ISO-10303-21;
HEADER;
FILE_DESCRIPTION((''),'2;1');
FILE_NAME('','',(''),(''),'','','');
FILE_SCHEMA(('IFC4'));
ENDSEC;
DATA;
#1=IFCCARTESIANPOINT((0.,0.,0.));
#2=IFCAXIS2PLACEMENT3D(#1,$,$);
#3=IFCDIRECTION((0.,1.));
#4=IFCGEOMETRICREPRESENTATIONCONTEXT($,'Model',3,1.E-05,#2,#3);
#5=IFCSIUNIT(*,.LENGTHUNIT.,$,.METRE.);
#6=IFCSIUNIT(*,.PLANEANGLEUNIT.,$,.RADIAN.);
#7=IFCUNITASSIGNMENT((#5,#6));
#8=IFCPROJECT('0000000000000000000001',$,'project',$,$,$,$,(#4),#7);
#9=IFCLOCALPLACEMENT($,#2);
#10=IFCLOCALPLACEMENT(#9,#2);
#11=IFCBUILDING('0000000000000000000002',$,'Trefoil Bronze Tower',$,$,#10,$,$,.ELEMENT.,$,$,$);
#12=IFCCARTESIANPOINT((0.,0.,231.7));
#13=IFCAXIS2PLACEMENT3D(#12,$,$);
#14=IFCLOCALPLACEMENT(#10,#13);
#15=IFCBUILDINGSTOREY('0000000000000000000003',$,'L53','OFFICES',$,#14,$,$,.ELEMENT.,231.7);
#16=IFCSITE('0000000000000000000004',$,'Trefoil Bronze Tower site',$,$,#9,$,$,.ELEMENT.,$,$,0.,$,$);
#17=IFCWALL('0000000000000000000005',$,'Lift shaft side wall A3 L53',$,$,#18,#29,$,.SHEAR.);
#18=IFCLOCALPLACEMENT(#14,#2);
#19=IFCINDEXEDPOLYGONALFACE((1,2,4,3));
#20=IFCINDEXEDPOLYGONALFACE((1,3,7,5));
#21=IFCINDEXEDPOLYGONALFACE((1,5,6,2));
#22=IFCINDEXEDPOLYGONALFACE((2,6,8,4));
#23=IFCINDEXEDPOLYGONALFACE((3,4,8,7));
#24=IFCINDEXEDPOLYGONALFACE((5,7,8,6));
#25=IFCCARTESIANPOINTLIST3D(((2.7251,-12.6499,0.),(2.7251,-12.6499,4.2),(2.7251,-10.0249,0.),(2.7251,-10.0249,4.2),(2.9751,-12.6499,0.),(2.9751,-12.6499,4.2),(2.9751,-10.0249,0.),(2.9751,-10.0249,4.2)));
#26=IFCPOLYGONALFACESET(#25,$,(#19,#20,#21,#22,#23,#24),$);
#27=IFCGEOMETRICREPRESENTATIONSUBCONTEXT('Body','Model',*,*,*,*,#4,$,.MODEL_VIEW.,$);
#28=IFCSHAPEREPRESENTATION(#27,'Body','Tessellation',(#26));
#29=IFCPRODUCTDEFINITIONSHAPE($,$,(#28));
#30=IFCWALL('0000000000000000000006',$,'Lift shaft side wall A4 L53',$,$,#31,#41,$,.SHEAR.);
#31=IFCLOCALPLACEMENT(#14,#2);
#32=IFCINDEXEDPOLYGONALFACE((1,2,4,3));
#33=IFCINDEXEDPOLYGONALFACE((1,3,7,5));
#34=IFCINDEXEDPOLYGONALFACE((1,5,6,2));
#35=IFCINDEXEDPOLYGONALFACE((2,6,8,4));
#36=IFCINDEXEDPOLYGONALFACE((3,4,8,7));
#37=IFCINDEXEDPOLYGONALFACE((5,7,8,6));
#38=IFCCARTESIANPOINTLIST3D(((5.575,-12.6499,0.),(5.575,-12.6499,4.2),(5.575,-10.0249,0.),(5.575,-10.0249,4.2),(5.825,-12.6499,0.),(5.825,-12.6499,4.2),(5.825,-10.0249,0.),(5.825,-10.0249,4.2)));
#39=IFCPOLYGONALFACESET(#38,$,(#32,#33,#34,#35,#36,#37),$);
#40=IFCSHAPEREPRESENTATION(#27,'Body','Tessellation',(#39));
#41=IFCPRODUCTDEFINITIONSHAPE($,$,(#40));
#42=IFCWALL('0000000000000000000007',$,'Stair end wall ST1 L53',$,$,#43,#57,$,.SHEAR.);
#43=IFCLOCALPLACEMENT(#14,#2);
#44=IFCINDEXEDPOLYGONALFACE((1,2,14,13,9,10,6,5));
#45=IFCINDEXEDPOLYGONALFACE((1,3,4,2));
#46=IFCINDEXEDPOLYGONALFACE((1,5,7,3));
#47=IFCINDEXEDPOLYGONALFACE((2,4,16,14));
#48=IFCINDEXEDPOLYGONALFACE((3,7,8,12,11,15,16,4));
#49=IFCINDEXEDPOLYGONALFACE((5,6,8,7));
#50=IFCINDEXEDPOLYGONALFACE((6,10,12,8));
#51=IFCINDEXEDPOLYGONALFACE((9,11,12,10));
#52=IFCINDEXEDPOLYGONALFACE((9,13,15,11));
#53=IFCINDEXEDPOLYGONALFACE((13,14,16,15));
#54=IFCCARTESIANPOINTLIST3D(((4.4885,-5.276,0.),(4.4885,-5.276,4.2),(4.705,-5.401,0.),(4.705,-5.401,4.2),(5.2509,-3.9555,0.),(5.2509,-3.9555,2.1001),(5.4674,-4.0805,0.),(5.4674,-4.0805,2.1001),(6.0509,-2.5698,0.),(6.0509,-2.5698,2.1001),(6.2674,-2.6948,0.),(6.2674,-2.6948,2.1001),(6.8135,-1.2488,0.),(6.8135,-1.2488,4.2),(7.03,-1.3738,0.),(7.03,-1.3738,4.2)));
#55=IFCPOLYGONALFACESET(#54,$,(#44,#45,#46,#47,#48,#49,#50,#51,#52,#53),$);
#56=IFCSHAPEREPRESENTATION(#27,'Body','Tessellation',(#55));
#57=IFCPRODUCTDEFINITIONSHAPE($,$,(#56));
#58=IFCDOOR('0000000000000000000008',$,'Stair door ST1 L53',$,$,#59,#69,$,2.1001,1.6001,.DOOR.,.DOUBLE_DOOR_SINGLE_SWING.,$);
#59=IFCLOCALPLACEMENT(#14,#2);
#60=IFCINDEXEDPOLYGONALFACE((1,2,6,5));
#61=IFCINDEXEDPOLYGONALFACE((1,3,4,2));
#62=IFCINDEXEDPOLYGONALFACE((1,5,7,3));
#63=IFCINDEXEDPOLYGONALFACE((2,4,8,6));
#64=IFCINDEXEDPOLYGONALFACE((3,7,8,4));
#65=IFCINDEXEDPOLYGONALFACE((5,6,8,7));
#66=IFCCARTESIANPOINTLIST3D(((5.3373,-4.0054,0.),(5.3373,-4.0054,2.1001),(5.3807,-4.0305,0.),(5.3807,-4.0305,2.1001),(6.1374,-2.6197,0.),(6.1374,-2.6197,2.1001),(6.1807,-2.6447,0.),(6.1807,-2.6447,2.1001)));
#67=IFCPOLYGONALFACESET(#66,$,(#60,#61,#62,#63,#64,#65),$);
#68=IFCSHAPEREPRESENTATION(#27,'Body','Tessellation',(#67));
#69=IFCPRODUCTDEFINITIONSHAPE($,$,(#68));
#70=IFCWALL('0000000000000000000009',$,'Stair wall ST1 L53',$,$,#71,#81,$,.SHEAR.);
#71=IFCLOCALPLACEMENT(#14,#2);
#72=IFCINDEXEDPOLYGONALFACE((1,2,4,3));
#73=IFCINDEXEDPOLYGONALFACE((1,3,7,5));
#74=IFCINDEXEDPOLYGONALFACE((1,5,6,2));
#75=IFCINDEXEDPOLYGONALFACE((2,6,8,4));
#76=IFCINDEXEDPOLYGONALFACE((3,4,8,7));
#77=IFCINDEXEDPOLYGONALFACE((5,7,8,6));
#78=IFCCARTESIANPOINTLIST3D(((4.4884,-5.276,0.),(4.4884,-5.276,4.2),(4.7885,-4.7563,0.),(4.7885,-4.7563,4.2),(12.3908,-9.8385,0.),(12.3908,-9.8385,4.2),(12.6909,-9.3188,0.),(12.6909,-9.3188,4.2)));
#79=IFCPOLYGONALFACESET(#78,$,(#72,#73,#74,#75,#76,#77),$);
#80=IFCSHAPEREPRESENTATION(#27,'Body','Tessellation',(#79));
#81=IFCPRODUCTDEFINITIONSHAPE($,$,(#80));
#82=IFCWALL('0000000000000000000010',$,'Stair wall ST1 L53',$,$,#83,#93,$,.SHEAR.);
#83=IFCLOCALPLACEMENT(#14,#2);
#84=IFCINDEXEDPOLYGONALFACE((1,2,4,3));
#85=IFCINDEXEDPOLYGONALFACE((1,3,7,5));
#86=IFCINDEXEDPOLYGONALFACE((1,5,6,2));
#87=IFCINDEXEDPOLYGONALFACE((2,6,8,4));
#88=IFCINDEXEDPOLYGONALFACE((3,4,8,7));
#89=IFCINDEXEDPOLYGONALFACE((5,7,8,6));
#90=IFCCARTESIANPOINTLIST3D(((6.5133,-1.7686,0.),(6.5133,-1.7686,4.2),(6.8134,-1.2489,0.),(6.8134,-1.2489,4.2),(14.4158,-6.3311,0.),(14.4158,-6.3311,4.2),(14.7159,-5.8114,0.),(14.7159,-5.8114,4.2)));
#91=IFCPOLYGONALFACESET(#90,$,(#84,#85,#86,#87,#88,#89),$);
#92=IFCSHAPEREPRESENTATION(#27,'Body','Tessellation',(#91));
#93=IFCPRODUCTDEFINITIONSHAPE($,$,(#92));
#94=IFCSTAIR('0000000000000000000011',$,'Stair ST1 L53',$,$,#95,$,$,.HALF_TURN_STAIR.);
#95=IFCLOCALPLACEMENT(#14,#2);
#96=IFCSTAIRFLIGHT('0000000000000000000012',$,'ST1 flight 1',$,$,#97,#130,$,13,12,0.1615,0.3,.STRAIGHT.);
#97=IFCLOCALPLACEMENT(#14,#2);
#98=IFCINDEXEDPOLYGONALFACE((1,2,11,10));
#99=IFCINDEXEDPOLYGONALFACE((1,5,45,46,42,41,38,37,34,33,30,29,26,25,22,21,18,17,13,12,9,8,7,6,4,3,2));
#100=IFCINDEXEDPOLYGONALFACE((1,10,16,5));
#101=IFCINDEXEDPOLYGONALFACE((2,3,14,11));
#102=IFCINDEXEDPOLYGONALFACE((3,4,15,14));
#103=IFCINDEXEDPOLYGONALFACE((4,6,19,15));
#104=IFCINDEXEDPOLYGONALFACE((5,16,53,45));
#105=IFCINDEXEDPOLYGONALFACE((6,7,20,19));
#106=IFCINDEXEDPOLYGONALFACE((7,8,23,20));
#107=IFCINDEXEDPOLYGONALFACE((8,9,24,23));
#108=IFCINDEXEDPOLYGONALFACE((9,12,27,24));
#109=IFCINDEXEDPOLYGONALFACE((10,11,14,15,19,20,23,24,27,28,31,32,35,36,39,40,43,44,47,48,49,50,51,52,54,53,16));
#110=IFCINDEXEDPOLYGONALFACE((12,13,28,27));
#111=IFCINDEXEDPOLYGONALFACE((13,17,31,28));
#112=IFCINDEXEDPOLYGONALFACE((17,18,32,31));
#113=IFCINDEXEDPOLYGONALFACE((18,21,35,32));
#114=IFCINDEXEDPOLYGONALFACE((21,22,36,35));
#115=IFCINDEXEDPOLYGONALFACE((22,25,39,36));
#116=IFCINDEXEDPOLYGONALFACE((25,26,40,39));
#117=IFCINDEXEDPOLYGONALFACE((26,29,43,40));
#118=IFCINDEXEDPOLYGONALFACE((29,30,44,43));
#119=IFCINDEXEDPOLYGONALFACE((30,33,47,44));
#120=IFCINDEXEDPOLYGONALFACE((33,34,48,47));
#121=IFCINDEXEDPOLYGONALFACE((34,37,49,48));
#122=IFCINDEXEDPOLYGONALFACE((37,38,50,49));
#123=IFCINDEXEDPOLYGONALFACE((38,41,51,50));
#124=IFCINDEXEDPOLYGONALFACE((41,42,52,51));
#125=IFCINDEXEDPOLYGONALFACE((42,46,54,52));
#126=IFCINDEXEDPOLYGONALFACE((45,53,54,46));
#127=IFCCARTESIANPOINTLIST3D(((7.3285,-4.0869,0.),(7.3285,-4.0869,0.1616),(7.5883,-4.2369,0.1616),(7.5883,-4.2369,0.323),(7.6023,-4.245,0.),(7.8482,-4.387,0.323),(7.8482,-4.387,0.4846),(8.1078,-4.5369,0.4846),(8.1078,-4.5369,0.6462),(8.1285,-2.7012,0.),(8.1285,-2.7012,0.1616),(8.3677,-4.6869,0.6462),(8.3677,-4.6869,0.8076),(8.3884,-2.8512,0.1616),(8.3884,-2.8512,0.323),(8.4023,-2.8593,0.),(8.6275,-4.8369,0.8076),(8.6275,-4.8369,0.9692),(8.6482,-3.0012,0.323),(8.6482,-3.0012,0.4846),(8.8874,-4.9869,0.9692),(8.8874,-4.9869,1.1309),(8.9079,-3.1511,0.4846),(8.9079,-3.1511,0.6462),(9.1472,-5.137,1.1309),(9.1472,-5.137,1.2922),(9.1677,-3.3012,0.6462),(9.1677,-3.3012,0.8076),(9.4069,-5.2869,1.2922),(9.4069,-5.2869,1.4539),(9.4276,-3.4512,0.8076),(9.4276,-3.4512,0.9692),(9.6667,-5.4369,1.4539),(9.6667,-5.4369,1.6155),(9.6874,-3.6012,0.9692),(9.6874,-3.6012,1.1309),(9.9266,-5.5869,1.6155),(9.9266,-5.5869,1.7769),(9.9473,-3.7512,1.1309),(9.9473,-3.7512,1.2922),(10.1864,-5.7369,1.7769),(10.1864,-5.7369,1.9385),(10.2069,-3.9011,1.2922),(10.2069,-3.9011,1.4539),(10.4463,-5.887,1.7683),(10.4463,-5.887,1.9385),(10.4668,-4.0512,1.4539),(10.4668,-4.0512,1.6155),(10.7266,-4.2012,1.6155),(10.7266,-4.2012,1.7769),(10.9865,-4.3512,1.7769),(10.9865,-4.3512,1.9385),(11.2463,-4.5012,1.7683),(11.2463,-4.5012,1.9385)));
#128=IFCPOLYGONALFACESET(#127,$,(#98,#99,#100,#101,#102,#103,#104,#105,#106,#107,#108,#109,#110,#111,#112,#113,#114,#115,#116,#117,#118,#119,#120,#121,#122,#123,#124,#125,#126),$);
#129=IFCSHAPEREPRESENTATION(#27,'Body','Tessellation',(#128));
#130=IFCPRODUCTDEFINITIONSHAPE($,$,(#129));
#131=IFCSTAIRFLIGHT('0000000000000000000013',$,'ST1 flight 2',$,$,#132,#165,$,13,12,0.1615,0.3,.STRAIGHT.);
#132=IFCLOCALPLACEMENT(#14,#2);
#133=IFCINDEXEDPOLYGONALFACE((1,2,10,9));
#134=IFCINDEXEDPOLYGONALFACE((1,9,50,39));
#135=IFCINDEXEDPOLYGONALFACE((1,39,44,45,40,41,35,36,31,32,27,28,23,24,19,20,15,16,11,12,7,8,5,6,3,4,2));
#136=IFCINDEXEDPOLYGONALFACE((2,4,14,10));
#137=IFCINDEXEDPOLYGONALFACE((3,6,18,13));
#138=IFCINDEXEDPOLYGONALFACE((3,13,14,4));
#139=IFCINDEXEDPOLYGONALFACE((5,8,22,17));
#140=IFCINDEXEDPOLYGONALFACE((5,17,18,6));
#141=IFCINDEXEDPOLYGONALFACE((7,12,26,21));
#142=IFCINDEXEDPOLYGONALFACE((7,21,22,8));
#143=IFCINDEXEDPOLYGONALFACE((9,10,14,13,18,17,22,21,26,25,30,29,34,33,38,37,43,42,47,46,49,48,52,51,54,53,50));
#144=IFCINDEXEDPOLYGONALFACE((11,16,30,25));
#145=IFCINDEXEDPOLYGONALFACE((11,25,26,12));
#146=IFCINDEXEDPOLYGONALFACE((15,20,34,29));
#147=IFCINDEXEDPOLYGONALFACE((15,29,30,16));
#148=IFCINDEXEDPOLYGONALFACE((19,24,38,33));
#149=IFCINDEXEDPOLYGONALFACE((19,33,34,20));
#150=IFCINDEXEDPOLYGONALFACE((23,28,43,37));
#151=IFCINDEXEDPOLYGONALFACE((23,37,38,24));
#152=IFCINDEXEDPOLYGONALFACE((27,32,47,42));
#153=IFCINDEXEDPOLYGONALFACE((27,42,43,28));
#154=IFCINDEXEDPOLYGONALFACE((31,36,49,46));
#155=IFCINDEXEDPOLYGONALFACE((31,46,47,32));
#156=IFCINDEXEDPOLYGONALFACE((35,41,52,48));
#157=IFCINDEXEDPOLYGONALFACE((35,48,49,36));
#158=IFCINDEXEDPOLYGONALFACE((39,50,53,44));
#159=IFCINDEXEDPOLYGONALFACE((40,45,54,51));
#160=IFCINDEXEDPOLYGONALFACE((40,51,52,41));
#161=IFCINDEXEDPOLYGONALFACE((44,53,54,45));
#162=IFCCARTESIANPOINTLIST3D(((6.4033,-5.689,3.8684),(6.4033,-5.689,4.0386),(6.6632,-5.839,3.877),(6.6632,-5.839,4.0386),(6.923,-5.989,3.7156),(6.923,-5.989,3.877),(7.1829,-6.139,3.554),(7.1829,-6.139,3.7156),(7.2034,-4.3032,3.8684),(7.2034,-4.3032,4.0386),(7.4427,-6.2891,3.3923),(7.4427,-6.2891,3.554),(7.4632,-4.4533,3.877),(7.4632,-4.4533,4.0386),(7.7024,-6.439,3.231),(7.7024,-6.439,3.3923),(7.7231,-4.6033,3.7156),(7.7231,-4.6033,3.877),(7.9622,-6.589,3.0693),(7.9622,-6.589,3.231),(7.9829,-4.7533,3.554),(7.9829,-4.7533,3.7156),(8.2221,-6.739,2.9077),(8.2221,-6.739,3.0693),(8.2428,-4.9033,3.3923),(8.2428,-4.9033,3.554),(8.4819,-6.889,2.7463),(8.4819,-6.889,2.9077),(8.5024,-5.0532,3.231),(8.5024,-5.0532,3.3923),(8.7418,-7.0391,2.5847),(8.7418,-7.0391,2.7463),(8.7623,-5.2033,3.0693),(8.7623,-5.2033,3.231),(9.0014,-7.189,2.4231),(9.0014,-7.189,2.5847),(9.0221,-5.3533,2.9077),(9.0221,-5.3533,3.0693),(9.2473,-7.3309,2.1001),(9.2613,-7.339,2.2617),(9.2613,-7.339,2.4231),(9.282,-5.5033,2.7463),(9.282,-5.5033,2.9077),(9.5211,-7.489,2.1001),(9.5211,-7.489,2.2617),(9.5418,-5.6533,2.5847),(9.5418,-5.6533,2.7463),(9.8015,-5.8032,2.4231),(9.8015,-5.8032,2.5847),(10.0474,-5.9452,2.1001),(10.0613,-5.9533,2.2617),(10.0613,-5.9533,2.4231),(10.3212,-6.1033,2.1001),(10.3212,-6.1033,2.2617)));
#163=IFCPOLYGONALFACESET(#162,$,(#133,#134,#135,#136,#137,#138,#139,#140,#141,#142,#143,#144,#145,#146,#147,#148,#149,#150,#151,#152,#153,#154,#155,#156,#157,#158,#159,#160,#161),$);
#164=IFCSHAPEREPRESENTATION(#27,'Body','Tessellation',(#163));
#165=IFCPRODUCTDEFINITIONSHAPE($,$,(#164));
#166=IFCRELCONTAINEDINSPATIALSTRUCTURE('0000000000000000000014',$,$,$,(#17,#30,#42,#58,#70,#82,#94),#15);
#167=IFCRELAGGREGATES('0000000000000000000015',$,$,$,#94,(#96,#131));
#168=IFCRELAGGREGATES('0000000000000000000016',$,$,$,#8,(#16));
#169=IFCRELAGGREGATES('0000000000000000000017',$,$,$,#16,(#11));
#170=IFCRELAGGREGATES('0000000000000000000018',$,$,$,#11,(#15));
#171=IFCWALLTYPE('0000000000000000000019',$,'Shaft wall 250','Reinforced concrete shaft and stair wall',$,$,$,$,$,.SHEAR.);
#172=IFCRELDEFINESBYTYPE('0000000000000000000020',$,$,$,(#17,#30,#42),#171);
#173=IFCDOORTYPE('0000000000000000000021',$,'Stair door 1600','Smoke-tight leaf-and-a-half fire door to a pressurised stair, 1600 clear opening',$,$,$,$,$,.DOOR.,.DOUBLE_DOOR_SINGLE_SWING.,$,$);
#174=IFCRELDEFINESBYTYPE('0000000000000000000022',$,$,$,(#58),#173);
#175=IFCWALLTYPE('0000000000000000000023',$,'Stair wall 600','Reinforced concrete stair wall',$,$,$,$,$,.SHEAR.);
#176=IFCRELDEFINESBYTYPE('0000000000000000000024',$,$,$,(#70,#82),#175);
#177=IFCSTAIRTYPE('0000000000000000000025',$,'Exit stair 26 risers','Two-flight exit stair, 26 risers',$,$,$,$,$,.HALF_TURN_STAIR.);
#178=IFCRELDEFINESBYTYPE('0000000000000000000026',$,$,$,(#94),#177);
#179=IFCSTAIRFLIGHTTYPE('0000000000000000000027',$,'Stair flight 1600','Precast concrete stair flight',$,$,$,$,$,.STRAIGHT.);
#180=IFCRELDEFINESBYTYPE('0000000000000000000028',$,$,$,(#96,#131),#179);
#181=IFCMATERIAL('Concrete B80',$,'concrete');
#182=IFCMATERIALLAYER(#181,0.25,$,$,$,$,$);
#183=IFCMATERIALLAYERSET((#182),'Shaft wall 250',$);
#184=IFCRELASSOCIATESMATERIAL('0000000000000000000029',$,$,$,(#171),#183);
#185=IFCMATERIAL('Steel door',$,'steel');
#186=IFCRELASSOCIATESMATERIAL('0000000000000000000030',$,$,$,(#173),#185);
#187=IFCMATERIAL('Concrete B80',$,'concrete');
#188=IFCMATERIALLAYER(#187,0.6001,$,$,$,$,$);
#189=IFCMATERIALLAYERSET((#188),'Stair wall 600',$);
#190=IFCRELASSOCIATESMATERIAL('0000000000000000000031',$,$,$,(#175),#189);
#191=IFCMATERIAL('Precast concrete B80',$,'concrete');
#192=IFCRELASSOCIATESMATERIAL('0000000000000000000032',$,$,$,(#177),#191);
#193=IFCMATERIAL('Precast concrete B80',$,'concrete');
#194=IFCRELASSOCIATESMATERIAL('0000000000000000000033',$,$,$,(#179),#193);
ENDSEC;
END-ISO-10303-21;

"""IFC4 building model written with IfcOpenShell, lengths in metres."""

from ifc_helpers import new_model, si_unit, direction, frame, frame_2d, origin, place, context, subcontext, project, spatial, polyline, rectangle, outline, extrude, material, layer, layer_set, type_object, element, fill, aggregate, save


model = new_model("IFC4")

# Units and contexts
model_context = context("Model", 3, precision=1e-05, world=origin(), true_north=direction((0.0, 1.0)))
body_context = subcontext(model_context, "Body", "Model", "MODEL_VIEW")
ifc_project = project(units=[si_unit("LENGTHUNIT", "METRE"), si_unit("PLANEANGLEUNIT", "RADIAN")], contexts=[model_context])

# Site, building, storey
site_placement = place(None, origin())
site = spatial("IfcSite", under=ifc_project, at=site_placement, Name="Trefoil Bronze Tower site", CompositionType="ELEMENT", RefElevation=0.0)
building_placement = place(site_placement, origin())
building = spatial("IfcBuilding", under=site, at=building_placement, Name="Trefoil Bronze Tower", CompositionType="ELEMENT")
storey_placement = place(building_placement, frame((0.0, 0.0, 231.7)))
storey = spatial("IfcBuildingStorey", under=building, at=storey_placement, Name="L53", Description="OFFICES", CompositionType="ELEMENT", Elevation=231.7)

# Walls
ifc_material_1 = material(Name="Concrete B80", Category="concrete")
ifc_layer_1 = layer(ifc_material_1, 0.25)
ifc_layer_set_1 = layer_set([ifc_layer_1], Name="Shaft wall 250")
wall_type_1 = type_object("IfcWallType", Name="Shaft wall 250", Description="Reinforced concrete shaft and stair wall", PredefinedType="SHEAR", material=ifc_layer_set_1)
for number, where, z_axis, x_axis, name in (
    (1, (2.8501, -10.0249, 0.0), (0.0, 0.0, 1.0), (0.0, -1.0, 0.0), "Lift shaft side wall A3 L53"),
    (2, (5.7, -10.0249, 0.0), (0.0, 0.0, 1.0), (0.0, -1.0, 0.0), "Lift shaft side wall A4 L53"),
):
    element("IfcWall", number, at=place(storey_placement, frame(where, z_axis=z_axis, x_axis=x_axis)), inside=storey, type_object=wall_type_1, Name=name, PredefinedType="SHEAR", context=body_context, shape_type="SweptSolid", body=[
        extrude(rectangle(XDim=2.625, YDim=0.25, at=frame_2d((1.3125, 0.0))), origin(), (0.0, 0.0, 1.0), 4.2),
    ])

# Wall, opening, door
wall_1_placement = place(storey_placement, frame((4.5967, -5.3386, 0.0), z_axis=(0.0, 0.0, 1.0), x_axis=(0.499985, 0.866034, 0.0)))
wall_1 = element("IfcWall", 3, at=wall_1_placement, inside=storey, type_object=wall_type_1, Name="Stair end wall ST1 L53", PredefinedType="SHEAR", context=body_context, shape_type="SweptSolid", body=[
    extrude(rectangle(XDim=4.6501, YDim=0.25, at=frame_2d((2.3252, 0.0))), origin(), (0.0, 0.0, 1.0), 4.2),
])
opening_1_placement = place(wall_1_placement, frame((1.5249, 0.0, 0.0)))
opening_1 = element("IfcOpeningElement", 4, at=opening_1_placement, cuts=wall_1, PredefinedType="OPENING", context=body_context, shape_type="SweptSolid", body=[
    extrude(rectangle(XDim=1.6001, YDim=2.1001, at=frame_2d((0.8, 1.05))), frame((0.0, 0.135, 0.0), z_axis=(0.0, -1.0, 0.0), x_axis=(1.0, 0.0, 0.0)), (0.0, 0.0, 1.0), 0.27),
])
ifc_material_2 = material(Name="Steel door", Category="steel")
door_type_1 = type_object("IfcDoorType", Name="Stair door 1600", Description="Smoke-tight leaf-and-a-half fire door to a pressurised stair, 1600 clear opening", OperationType="DOUBLE_DOOR_SINGLE_SWING", PredefinedType="DOOR", material=ifc_material_2)
door_1_placement = place(opening_1_placement, frame((1.6001, 0.0, 0.0), z_axis=(0.0, 0.0, 1.0), x_axis=(-1.0, 0.0, 0.0)))
door_1 = element("IfcDoor", 5, at=door_1_placement, inside=storey, type_object=door_type_1, Name="Stair door ST1 L53", OperationType="DOUBLE_DOOR_SINGLE_SWING", OverallHeight=2.1001, OverallWidth=1.6001, PredefinedType="DOOR", context=body_context, shape_type="SweptSolid", body=[
    extrude(rectangle(XDim=1.6001, YDim=2.1001, at=frame_2d((0.8, 1.05))), frame((0.0, 0.0249, 0.0), z_axis=(0.0, -1.0, 0.0), x_axis=(1.0, 0.0, 0.0)), (0.0, 0.0, 1.0), 0.05),
])
fill(opening_1, door_1)

# Walls
ifc_material_3 = material(Name="Concrete B80", Category="concrete")
ifc_layer_2 = layer(ifc_material_3, 0.6001)
ifc_layer_set_2 = layer_set([ifc_layer_2], Name="Stair wall 600")
wall_type_2 = type_object("IfcWallType", Name="Stair wall 600", Description="Reinforced concrete stair wall", PredefinedType="SHEAR", material=ifc_layer_set_2)
for number, where, z_axis, x_axis, name in (
    (6, (4.6384, -5.0161, 0.0), (0.0, 0.0, 1.0), (0.866022, -0.500007, 0.0), "Stair wall ST1 L53"),
    (7, (6.6633, -1.5088, 0.0), (0.0, 0.0, 1.0), (0.866028, -0.499995, 0.0), "Stair wall ST1 L53"),
):
    element("IfcWall", number, at=place(storey_placement, frame(where, z_axis=z_axis, x_axis=x_axis)), inside=storey, type_object=wall_type_2, Name=name, PredefinedType="SHEAR", context=body_context, shape_type="SweptSolid", body=[
        extrude(rectangle(XDim=9.125, YDim=0.6001, at=frame_2d((4.5625, 0.0))), origin(), (0.0, 0.0, 1.0), 4.2),
    ])

# Stair, stair flights
ifc_material_4 = material(Name="Precast concrete B80", Category="concrete")
stair_type = type_object("IfcStairType", Name="Exit stair 26 risers", Description="Two-flight exit stair, 26 risers", PredefinedType="HALF_TURN_STAIR", material=ifc_material_4)
stair_placement = place(storey_placement, origin())
stair = element("IfcStair", 8, at=stair_placement, inside=storey, type_object=stair_type, Name="Stair ST1 L53", PredefinedType="HALF_TURN_STAIR")
ifc_material_5 = material(Name="Precast concrete B80", Category="concrete")
stair_flight_type = type_object("IfcStairFlightType", Name="Stair flight 1600", Description="Precast concrete stair flight", PredefinedType="STRAIGHT", material=ifc_material_5)
stair_flight_1_placement = place(storey_placement, frame((7.7285, -3.394, 0.0), z_axis=(0.0, 0.0, 1.0), x_axis=(0.866025, -0.5, 0.0)))
stair_flight_1 = element("IfcStairFlight", 9, at=stair_flight_1_placement, type_object=stair_flight_type, Name="ST1 flight 1", NumberOfRisers=13, NumberOfTreads=12, PredefinedType="STRAIGHT", RiserHeight=0.1615, TreadLength=0.3, context=body_context, shape_type="SweptSolid", body=[
    extrude(outline(polyline([(0.0, 0.0), (0.0, 0.1616), (0.3, 0.1616), (0.3, 0.323), (0.6001, 0.323), (0.6001, 0.4846), (0.8999, 0.4846), (0.8999, 0.6462), (1.2, 0.6462), (1.2, 0.8076), (1.5, 0.8076), (1.5, 0.9692), (1.8, 0.9692), (1.8, 1.1309), (2.1001, 1.1309), (2.1001, 1.2922), (2.3999, 1.2922), (2.3999, 1.4539), (2.7, 1.4539), (2.7, 1.6155), (3.0, 1.6155), (3.0, 1.7769), (3.3, 1.7769), (3.3, 1.9385), (3.6001, 1.9385), (3.6001, 2.1001), (3.6001, 1.7683), (0.3162, 0.0), (0.0, 0.0)])), frame((0.0, 0.8, 0.0), z_axis=(0.0, -1.0, 0.0), x_axis=(1.0, 0.0, 0.0)), (0.0, 0.0, 1.0), 1.6001),
])
stair_flight_2_placement = place(storey_placement, frame((9.9211, -6.7961, 2.1001), z_axis=(0.0, 0.0, 1.0), x_axis=(-0.866025, 0.5, 0.0)))
stair_flight_2 = element("IfcStairFlight", 10, at=stair_flight_2_placement, type_object=stair_flight_type, Name="ST1 flight 2", NumberOfRisers=13, NumberOfTreads=12, PredefinedType="STRAIGHT", RiserHeight=0.1615, TreadLength=0.3, context=body_context, shape_type="SweptSolid", body=[
    extrude(outline(polyline([(0.0, 0.0), (0.0, 0.1616), (0.3, 0.1616), (0.3, 0.323), (0.6001, 0.323), (0.6001, 0.4846), (0.8999, 0.4846), (0.8999, 0.6462), (1.2, 0.6462), (1.2, 0.8076), (1.5, 0.8076), (1.5, 0.9692), (1.8, 0.9692), (1.8, 1.1309), (2.1001, 1.1309), (2.1001, 1.2922), (2.3999, 1.2922), (2.3999, 1.4539), (2.7, 1.4539), (2.7, 1.6155), (3.0, 1.6155), (3.0, 1.7769), (3.3, 1.7769), (3.3, 1.9385), (3.6001, 1.9385), (3.6001, 2.1001), (3.6001, 1.7683), (0.3162, 0.0), (0.0, 0.0)])), frame((0.0, 0.8, 0.0), z_axis=(0.0, -1.0, 0.0), x_axis=(1.0, 0.0, 0.0)), (0.0, 0.0, 1.0), 1.6001),
])
aggregate(stair, [stair_flight_1, stair_flight_2])

save(model, "model.ifc")
